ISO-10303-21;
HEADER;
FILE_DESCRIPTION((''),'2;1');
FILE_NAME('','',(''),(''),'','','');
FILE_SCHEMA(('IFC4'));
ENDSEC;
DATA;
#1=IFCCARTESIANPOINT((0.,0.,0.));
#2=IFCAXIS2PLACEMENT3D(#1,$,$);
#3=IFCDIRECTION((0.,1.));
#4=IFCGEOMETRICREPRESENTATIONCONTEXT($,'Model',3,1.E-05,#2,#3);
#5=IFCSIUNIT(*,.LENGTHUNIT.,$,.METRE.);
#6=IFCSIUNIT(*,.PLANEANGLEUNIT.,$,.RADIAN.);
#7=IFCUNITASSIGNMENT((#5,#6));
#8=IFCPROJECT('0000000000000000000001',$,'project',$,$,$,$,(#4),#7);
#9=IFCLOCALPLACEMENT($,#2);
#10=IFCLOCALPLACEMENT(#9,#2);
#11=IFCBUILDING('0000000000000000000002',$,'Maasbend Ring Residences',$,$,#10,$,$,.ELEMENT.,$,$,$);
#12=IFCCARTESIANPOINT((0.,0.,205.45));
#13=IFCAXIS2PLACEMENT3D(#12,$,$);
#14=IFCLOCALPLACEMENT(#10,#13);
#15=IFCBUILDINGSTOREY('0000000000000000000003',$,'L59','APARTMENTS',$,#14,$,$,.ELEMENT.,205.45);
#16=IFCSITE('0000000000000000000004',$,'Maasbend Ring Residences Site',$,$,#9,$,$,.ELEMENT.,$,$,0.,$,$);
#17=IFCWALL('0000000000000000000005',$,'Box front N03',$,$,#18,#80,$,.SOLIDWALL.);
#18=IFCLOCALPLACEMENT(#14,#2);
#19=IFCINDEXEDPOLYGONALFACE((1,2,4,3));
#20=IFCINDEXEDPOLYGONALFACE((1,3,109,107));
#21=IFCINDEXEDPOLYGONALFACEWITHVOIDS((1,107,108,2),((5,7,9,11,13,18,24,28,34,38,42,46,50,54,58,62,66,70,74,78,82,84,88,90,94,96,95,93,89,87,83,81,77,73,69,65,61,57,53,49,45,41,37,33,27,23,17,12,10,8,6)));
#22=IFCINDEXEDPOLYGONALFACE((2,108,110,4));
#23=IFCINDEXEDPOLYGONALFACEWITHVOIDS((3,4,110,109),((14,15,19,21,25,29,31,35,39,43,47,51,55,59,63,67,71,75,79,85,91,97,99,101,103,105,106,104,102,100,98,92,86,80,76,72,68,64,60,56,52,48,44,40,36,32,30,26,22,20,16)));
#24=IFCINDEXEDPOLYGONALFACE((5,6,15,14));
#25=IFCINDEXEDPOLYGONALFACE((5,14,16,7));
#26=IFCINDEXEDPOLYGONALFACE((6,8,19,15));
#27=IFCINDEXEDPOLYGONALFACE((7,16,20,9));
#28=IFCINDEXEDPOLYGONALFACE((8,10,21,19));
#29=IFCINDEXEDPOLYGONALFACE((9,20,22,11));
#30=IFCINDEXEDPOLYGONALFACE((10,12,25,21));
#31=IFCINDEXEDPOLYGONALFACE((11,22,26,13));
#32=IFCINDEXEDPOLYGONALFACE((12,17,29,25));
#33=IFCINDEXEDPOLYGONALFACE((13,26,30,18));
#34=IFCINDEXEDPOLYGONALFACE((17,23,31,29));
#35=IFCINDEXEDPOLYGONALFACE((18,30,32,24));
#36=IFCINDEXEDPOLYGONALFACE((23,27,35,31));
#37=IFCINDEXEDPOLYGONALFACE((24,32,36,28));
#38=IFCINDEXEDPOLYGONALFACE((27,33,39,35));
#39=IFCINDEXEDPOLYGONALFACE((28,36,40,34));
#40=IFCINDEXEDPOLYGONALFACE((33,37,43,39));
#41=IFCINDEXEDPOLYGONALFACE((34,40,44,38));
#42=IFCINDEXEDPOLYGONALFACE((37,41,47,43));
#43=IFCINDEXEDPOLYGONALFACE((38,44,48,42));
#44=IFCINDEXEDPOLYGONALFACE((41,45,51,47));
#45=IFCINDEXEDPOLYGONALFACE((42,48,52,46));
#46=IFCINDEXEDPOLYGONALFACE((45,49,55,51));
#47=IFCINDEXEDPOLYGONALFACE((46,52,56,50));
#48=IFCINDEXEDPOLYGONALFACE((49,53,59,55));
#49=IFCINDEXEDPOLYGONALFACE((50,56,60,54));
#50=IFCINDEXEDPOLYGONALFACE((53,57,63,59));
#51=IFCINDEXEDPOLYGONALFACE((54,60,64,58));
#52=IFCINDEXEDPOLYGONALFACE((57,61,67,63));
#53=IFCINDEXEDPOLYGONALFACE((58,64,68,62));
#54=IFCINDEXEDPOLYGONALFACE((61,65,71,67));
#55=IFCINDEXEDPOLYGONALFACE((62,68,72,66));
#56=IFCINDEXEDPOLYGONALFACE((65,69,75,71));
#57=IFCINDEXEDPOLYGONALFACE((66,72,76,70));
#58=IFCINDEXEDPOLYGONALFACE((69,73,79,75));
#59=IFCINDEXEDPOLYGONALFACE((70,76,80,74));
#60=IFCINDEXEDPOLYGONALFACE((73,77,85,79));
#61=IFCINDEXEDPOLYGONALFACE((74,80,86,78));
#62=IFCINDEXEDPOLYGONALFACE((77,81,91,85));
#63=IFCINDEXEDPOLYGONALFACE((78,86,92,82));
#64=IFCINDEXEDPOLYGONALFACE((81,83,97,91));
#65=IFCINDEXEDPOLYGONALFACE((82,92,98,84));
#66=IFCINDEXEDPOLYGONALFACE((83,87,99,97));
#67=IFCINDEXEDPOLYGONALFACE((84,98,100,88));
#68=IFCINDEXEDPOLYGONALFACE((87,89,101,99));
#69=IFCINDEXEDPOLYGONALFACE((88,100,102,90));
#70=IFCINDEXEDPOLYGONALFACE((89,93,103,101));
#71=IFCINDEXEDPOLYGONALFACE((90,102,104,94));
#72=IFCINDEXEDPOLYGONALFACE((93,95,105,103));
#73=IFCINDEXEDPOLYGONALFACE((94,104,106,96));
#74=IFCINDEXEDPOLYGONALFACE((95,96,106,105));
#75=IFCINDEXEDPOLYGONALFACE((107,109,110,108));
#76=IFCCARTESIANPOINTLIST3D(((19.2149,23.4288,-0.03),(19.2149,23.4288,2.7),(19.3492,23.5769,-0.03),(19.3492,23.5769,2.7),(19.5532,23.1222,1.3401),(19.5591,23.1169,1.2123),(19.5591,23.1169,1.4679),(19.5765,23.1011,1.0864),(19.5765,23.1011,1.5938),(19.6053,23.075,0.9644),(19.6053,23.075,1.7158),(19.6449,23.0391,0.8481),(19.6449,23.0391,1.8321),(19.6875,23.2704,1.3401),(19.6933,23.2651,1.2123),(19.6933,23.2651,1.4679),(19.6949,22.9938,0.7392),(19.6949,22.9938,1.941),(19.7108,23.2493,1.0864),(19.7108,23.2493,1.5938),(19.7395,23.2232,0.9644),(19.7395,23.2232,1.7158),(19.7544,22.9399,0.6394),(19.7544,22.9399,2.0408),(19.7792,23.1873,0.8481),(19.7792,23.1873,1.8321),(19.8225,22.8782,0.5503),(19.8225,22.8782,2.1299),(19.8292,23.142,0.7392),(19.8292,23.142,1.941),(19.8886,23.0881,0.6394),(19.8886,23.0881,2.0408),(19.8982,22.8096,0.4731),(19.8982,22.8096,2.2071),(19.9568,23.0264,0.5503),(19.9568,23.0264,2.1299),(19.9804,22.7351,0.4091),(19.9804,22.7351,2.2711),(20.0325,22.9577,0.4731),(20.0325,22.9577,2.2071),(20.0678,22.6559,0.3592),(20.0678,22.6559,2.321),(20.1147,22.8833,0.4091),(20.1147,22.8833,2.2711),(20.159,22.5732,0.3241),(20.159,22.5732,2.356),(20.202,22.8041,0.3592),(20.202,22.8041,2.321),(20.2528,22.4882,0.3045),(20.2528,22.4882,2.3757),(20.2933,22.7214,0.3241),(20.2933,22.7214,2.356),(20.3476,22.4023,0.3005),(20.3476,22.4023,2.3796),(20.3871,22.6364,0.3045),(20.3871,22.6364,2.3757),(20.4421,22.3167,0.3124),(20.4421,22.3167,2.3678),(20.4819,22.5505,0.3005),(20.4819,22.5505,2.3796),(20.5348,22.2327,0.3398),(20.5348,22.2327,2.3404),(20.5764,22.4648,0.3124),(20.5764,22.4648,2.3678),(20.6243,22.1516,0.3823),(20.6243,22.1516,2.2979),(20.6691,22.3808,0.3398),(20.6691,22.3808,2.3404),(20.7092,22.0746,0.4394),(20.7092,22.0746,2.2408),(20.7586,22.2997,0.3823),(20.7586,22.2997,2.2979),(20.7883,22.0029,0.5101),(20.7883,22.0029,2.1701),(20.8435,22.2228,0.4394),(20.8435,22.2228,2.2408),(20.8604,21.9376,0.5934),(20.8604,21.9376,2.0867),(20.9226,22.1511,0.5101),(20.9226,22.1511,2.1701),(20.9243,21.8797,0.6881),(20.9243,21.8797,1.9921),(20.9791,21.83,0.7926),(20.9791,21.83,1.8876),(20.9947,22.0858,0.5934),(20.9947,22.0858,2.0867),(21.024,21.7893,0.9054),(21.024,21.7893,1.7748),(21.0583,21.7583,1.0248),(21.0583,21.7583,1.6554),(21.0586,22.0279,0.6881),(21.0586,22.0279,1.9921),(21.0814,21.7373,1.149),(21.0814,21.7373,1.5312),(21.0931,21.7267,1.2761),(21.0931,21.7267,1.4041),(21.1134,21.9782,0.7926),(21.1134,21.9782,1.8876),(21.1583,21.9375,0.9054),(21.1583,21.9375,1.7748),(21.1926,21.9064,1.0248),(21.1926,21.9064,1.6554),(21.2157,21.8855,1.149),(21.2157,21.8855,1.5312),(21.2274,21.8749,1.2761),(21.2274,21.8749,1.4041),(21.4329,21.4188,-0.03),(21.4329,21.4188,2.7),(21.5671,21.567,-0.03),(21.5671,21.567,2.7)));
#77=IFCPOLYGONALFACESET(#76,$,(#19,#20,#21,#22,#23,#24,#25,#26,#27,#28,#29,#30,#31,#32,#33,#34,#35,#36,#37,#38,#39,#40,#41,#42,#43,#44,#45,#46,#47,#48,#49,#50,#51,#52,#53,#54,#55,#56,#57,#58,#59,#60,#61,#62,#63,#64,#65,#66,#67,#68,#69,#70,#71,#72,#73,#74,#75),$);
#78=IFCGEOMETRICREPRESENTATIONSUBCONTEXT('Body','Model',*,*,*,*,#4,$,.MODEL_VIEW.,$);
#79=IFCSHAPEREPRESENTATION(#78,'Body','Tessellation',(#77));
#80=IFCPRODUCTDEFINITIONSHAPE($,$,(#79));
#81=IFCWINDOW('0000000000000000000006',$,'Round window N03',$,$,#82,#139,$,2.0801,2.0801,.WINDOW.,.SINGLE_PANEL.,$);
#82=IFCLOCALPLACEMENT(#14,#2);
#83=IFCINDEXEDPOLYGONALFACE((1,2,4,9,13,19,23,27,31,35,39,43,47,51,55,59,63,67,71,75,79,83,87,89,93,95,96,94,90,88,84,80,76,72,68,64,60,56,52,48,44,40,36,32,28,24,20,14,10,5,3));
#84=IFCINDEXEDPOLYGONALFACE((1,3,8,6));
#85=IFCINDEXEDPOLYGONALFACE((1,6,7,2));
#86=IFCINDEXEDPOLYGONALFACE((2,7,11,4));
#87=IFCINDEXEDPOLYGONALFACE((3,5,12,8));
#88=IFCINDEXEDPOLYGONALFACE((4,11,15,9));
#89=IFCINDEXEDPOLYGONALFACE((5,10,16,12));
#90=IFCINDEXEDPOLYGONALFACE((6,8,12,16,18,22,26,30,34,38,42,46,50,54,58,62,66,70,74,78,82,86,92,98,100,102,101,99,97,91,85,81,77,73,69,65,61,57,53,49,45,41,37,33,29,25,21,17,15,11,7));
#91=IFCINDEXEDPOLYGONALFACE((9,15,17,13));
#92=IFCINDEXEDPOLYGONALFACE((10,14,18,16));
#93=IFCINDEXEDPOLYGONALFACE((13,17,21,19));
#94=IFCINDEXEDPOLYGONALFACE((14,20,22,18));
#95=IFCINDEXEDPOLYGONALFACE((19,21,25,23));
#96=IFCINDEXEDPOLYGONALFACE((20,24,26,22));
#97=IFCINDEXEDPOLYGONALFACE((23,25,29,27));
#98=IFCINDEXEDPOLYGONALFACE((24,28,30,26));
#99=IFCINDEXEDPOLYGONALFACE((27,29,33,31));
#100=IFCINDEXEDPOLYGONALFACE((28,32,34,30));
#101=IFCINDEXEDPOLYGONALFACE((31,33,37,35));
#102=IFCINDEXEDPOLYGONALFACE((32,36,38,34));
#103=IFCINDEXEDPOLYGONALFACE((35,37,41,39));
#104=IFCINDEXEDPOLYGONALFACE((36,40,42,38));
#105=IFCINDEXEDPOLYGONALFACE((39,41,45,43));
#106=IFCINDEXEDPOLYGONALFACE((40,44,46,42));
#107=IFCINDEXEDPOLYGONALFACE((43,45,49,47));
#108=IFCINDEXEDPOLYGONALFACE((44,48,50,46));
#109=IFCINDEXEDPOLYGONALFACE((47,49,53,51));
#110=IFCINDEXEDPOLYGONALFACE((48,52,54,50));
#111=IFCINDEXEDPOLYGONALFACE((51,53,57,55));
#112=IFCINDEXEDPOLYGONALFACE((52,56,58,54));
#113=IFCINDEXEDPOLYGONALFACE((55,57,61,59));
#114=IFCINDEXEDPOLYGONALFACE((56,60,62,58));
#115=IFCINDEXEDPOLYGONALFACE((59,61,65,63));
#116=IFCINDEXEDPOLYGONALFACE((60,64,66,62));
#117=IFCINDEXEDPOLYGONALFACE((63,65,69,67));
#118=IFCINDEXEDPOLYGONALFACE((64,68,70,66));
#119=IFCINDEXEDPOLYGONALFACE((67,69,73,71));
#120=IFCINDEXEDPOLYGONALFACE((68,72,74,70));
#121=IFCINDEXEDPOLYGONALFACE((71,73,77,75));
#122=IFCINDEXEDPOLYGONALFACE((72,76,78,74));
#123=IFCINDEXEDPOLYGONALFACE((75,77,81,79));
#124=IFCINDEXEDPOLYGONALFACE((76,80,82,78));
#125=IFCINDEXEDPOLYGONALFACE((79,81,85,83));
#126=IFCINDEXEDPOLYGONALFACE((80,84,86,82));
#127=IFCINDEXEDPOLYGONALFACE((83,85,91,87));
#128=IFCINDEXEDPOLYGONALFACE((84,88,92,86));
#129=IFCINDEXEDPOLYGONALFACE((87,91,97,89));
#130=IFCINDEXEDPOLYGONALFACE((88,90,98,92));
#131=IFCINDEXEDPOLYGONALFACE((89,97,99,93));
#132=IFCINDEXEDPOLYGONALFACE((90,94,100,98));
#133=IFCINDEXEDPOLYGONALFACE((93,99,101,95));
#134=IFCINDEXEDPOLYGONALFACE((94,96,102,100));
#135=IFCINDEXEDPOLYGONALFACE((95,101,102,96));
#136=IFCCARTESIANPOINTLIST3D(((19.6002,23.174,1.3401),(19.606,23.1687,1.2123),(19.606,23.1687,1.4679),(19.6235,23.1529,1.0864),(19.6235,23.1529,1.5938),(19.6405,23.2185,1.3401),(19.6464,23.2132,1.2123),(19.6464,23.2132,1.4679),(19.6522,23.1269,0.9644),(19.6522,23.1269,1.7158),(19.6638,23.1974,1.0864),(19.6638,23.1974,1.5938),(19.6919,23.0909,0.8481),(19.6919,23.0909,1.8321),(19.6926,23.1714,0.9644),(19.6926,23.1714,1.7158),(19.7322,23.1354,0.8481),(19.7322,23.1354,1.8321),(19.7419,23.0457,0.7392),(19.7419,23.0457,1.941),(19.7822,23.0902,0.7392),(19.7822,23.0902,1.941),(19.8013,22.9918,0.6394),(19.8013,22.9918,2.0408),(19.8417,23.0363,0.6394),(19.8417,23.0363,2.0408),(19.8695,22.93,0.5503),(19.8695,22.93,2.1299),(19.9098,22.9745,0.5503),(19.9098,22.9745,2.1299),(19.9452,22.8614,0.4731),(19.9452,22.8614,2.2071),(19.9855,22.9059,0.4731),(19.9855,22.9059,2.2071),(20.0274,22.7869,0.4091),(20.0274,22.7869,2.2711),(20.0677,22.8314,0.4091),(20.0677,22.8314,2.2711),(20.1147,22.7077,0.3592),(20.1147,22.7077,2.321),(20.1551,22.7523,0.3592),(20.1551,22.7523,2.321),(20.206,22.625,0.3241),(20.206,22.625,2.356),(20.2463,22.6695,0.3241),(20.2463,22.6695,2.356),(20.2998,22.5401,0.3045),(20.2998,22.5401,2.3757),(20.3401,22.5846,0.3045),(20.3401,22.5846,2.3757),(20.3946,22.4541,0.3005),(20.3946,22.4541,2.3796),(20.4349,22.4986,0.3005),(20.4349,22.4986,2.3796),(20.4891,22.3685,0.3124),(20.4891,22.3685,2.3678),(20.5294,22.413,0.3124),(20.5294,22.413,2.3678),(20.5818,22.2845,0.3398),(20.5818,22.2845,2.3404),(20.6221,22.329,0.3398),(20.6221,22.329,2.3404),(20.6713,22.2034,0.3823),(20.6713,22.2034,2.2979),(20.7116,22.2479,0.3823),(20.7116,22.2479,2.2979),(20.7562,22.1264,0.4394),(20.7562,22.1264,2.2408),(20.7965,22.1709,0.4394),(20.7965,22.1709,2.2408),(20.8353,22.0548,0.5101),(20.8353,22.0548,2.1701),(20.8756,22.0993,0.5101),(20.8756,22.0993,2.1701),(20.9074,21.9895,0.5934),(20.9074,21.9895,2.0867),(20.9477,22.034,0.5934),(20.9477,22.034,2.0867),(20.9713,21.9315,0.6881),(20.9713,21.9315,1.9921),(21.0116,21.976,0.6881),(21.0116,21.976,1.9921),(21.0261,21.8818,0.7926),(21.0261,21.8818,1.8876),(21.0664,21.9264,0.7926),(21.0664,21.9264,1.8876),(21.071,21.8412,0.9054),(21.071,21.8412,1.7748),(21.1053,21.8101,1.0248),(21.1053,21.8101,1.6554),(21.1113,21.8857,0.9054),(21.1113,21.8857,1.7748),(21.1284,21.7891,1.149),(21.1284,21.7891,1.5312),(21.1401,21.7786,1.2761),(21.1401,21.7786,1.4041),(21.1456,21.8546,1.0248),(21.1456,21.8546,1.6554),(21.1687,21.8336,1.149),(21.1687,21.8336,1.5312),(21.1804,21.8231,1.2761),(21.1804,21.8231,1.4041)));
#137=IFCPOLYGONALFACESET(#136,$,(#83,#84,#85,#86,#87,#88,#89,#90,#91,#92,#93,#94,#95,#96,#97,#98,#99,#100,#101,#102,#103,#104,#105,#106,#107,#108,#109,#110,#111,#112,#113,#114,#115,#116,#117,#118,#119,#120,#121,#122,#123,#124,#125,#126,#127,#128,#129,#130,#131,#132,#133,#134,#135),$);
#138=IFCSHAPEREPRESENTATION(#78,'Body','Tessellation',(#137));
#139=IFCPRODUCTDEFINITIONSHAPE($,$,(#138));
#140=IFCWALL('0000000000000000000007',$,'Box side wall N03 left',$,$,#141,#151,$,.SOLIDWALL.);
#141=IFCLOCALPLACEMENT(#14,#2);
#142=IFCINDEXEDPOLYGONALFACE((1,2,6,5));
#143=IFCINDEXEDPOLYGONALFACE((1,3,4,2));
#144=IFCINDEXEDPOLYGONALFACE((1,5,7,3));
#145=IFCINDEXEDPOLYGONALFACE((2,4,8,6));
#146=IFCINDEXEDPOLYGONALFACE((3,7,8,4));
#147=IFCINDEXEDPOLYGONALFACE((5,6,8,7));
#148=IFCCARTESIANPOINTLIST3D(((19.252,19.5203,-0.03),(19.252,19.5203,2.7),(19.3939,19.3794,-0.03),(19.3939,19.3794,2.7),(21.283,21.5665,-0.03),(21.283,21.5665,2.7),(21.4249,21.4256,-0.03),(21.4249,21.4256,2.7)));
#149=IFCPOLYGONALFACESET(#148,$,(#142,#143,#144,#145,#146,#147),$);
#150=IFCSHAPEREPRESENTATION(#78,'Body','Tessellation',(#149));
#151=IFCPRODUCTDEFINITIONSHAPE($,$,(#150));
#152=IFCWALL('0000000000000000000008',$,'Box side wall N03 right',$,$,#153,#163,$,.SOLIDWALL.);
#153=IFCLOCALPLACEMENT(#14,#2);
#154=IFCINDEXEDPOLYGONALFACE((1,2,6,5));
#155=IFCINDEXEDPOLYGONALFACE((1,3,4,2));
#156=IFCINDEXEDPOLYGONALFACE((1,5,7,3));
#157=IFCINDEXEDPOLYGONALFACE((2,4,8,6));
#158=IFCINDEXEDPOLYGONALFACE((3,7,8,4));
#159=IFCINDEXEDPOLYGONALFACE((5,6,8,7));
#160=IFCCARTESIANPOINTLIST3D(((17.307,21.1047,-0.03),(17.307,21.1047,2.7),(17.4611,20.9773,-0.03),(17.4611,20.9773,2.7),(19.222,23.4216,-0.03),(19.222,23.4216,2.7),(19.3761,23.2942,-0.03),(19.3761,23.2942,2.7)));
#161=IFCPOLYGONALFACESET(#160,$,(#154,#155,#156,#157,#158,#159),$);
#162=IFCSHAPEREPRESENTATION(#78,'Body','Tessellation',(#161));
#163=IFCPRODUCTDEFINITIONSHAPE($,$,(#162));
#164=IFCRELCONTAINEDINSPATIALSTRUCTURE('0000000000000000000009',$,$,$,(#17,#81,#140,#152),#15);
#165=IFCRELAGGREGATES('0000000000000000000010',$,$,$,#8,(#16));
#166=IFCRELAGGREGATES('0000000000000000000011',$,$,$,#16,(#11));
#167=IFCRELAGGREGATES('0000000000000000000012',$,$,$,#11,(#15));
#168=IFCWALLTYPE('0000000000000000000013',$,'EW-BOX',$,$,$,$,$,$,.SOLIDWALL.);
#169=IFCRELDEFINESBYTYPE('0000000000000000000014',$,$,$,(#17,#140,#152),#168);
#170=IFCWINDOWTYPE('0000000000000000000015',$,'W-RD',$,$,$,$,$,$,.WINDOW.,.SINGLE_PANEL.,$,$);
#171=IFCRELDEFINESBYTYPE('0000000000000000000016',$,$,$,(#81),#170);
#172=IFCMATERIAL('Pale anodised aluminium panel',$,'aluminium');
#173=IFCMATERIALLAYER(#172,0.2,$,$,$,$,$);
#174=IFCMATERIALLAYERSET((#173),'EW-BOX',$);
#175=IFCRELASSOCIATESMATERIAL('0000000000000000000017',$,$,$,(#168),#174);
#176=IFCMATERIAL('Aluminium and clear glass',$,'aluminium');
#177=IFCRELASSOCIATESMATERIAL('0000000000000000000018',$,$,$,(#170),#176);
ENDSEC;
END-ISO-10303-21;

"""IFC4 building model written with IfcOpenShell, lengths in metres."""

from ifc_helpers import new_model, si_unit, direction, frame, frame_2d, origin, place, context, subcontext, project, spatial, rectangle, circle, extrude, material, layer, layer_set, type_object, element, fill, save


model = new_model("IFC4")

# Units and contexts
model_context = context("Model", 3, precision=1e-05, world=origin(), true_north=direction((0.0, 1.0)))
body_context = subcontext(model_context, "Body", "Model", "MODEL_VIEW")
ifc_project = project(units=[si_unit("LENGTHUNIT", "METRE"), si_unit("PLANEANGLEUNIT", "RADIAN")], contexts=[model_context])

# Site, building, storey
site_placement = place(None, origin())
site = spatial("IfcSite", under=ifc_project, at=site_placement, Name="Maasbend Ring Residences Site", CompositionType="ELEMENT", RefElevation=0.0)
building_placement = place(site_placement, origin())
building = spatial("IfcBuilding", under=site, at=building_placement, Name="Maasbend Ring Residences", CompositionType="ELEMENT")
storey_placement = place(building_placement, frame((0.0, 0.0, 205.45)))
storey = spatial("IfcBuildingStorey", under=building, at=storey_placement, Name="L59", Description="APARTMENTS", CompositionType="ELEMENT", Elevation=205.45)

# Wall, opening, window
ifc_material_1 = material(Name="Pale anodised aluminium panel", Category="aluminium")
ifc_layer_1 = layer(ifc_material_1, 0.2)
ifc_layer_set_1 = layer_set([ifc_layer_1], Name="EW-BOX")
wall_type_1 = type_object("IfcWallType", Name="EW-BOX", PredefinedType="SOLIDWALL", material=ifc_layer_set_1)
wall_1_placement = place(storey_placement, frame((21.5, 21.4929, -0.03), z_axis=(0.0, 0.0, 1.0), x_axis=(-0.740998, 0.671507, 0.0)))
wall_1 = element("IfcWall", 1, at=wall_1_placement, inside=storey, type_object=wall_type_1, Name="Box front N03", PredefinedType="SOLIDWALL", context=body_context, shape_type="SweptSolid", body=[
    extrude(rectangle(XDim=2.9932, YDim=0.2, at=frame_2d((1.4966, 0.0))), origin(), (0.0, 0.0, 1.0), 2.73),
])
opening_1_placement = place(wall_1_placement, frame((0.4565, 0.0, 0.3301)))
opening_1 = element("IfcOpeningElement", 2, at=opening_1_placement, cuts=wall_1, PredefinedType="OPENING", context=body_context, shape_type="SweptSolid", body=[
    extrude(circle(Radius=1.04, at=frame_2d((1.04, 1.04))), frame((0.0, 0.1099, 0.0), z_axis=(0.0, -1.0, 0.0), x_axis=(1.0, 0.0, 0.0)), (0.0, 0.0, 1.0), 0.22),
])
ifc_material_2 = material(Name="Aluminium and clear glass", Category="aluminium")
window_type_1 = type_object("IfcWindowType", Name="W-RD", PartitioningType="SINGLE_PANEL", PredefinedType="WINDOW", material=ifc_material_2)
window_1_placement = place(opening_1_placement, origin())
window_1 = element("IfcWindow", 3, at=window_1_placement, inside=storey, type_object=window_type_1, Name="Round window N03", OverallHeight=2.0801, OverallWidth=2.0801, PartitioningType="SINGLE_PANEL", PredefinedType="WINDOW", context=body_context, shape_type="SweptSolid", body=[
    extrude(circle(Radius=1.04, at=frame_2d((1.04, 1.04))), frame((0.0, 0.03, 0.0), z_axis=(0.0, -1.0, 0.0), x_axis=(1.0, 0.0, 0.0)), (0.0, 0.0, 1.0), 0.0601),
])
fill(opening_1, window_1)

# Walls
wall_2_placement = place(storey_placement, frame((19.323, 19.45, -0.03), z_axis=(0.0, 0.0, 1.0), x_axis=(0.704477, 0.709727, 0.0)))
element("IfcWall", 4, at=wall_2_placement, inside=storey, type_object=wall_type_1, Name="Box side wall N03 left", PredefinedType="SOLIDWALL", context=body_context, shape_type="SweptSolid", body=[
    extrude(rectangle(XDim=2.8831, YDim=0.2, at=frame_2d((1.4414, 0.0))), origin(), (0.0, 0.0, 1.0), 2.73),
])
wall_3_placement = place(storey_placement, frame((17.384, 21.041, -0.03), z_axis=(0.0, 0.0, 1.0), x_axis=(0.637096, 0.770785, 0.0)))
element("IfcWall", 5, at=wall_3_placement, inside=storey, type_object=wall_type_1, Name="Box side wall N03 right", PredefinedType="SOLIDWALL", context=body_context, shape_type="SweptSolid", body=[
    extrude(rectangle(XDim=3.0059, YDim=0.2, at=frame_2d((1.5029, 0.0))), origin(), (0.0, 0.0, 1.0), 2.73),
])

save(model, "model.ifc")
